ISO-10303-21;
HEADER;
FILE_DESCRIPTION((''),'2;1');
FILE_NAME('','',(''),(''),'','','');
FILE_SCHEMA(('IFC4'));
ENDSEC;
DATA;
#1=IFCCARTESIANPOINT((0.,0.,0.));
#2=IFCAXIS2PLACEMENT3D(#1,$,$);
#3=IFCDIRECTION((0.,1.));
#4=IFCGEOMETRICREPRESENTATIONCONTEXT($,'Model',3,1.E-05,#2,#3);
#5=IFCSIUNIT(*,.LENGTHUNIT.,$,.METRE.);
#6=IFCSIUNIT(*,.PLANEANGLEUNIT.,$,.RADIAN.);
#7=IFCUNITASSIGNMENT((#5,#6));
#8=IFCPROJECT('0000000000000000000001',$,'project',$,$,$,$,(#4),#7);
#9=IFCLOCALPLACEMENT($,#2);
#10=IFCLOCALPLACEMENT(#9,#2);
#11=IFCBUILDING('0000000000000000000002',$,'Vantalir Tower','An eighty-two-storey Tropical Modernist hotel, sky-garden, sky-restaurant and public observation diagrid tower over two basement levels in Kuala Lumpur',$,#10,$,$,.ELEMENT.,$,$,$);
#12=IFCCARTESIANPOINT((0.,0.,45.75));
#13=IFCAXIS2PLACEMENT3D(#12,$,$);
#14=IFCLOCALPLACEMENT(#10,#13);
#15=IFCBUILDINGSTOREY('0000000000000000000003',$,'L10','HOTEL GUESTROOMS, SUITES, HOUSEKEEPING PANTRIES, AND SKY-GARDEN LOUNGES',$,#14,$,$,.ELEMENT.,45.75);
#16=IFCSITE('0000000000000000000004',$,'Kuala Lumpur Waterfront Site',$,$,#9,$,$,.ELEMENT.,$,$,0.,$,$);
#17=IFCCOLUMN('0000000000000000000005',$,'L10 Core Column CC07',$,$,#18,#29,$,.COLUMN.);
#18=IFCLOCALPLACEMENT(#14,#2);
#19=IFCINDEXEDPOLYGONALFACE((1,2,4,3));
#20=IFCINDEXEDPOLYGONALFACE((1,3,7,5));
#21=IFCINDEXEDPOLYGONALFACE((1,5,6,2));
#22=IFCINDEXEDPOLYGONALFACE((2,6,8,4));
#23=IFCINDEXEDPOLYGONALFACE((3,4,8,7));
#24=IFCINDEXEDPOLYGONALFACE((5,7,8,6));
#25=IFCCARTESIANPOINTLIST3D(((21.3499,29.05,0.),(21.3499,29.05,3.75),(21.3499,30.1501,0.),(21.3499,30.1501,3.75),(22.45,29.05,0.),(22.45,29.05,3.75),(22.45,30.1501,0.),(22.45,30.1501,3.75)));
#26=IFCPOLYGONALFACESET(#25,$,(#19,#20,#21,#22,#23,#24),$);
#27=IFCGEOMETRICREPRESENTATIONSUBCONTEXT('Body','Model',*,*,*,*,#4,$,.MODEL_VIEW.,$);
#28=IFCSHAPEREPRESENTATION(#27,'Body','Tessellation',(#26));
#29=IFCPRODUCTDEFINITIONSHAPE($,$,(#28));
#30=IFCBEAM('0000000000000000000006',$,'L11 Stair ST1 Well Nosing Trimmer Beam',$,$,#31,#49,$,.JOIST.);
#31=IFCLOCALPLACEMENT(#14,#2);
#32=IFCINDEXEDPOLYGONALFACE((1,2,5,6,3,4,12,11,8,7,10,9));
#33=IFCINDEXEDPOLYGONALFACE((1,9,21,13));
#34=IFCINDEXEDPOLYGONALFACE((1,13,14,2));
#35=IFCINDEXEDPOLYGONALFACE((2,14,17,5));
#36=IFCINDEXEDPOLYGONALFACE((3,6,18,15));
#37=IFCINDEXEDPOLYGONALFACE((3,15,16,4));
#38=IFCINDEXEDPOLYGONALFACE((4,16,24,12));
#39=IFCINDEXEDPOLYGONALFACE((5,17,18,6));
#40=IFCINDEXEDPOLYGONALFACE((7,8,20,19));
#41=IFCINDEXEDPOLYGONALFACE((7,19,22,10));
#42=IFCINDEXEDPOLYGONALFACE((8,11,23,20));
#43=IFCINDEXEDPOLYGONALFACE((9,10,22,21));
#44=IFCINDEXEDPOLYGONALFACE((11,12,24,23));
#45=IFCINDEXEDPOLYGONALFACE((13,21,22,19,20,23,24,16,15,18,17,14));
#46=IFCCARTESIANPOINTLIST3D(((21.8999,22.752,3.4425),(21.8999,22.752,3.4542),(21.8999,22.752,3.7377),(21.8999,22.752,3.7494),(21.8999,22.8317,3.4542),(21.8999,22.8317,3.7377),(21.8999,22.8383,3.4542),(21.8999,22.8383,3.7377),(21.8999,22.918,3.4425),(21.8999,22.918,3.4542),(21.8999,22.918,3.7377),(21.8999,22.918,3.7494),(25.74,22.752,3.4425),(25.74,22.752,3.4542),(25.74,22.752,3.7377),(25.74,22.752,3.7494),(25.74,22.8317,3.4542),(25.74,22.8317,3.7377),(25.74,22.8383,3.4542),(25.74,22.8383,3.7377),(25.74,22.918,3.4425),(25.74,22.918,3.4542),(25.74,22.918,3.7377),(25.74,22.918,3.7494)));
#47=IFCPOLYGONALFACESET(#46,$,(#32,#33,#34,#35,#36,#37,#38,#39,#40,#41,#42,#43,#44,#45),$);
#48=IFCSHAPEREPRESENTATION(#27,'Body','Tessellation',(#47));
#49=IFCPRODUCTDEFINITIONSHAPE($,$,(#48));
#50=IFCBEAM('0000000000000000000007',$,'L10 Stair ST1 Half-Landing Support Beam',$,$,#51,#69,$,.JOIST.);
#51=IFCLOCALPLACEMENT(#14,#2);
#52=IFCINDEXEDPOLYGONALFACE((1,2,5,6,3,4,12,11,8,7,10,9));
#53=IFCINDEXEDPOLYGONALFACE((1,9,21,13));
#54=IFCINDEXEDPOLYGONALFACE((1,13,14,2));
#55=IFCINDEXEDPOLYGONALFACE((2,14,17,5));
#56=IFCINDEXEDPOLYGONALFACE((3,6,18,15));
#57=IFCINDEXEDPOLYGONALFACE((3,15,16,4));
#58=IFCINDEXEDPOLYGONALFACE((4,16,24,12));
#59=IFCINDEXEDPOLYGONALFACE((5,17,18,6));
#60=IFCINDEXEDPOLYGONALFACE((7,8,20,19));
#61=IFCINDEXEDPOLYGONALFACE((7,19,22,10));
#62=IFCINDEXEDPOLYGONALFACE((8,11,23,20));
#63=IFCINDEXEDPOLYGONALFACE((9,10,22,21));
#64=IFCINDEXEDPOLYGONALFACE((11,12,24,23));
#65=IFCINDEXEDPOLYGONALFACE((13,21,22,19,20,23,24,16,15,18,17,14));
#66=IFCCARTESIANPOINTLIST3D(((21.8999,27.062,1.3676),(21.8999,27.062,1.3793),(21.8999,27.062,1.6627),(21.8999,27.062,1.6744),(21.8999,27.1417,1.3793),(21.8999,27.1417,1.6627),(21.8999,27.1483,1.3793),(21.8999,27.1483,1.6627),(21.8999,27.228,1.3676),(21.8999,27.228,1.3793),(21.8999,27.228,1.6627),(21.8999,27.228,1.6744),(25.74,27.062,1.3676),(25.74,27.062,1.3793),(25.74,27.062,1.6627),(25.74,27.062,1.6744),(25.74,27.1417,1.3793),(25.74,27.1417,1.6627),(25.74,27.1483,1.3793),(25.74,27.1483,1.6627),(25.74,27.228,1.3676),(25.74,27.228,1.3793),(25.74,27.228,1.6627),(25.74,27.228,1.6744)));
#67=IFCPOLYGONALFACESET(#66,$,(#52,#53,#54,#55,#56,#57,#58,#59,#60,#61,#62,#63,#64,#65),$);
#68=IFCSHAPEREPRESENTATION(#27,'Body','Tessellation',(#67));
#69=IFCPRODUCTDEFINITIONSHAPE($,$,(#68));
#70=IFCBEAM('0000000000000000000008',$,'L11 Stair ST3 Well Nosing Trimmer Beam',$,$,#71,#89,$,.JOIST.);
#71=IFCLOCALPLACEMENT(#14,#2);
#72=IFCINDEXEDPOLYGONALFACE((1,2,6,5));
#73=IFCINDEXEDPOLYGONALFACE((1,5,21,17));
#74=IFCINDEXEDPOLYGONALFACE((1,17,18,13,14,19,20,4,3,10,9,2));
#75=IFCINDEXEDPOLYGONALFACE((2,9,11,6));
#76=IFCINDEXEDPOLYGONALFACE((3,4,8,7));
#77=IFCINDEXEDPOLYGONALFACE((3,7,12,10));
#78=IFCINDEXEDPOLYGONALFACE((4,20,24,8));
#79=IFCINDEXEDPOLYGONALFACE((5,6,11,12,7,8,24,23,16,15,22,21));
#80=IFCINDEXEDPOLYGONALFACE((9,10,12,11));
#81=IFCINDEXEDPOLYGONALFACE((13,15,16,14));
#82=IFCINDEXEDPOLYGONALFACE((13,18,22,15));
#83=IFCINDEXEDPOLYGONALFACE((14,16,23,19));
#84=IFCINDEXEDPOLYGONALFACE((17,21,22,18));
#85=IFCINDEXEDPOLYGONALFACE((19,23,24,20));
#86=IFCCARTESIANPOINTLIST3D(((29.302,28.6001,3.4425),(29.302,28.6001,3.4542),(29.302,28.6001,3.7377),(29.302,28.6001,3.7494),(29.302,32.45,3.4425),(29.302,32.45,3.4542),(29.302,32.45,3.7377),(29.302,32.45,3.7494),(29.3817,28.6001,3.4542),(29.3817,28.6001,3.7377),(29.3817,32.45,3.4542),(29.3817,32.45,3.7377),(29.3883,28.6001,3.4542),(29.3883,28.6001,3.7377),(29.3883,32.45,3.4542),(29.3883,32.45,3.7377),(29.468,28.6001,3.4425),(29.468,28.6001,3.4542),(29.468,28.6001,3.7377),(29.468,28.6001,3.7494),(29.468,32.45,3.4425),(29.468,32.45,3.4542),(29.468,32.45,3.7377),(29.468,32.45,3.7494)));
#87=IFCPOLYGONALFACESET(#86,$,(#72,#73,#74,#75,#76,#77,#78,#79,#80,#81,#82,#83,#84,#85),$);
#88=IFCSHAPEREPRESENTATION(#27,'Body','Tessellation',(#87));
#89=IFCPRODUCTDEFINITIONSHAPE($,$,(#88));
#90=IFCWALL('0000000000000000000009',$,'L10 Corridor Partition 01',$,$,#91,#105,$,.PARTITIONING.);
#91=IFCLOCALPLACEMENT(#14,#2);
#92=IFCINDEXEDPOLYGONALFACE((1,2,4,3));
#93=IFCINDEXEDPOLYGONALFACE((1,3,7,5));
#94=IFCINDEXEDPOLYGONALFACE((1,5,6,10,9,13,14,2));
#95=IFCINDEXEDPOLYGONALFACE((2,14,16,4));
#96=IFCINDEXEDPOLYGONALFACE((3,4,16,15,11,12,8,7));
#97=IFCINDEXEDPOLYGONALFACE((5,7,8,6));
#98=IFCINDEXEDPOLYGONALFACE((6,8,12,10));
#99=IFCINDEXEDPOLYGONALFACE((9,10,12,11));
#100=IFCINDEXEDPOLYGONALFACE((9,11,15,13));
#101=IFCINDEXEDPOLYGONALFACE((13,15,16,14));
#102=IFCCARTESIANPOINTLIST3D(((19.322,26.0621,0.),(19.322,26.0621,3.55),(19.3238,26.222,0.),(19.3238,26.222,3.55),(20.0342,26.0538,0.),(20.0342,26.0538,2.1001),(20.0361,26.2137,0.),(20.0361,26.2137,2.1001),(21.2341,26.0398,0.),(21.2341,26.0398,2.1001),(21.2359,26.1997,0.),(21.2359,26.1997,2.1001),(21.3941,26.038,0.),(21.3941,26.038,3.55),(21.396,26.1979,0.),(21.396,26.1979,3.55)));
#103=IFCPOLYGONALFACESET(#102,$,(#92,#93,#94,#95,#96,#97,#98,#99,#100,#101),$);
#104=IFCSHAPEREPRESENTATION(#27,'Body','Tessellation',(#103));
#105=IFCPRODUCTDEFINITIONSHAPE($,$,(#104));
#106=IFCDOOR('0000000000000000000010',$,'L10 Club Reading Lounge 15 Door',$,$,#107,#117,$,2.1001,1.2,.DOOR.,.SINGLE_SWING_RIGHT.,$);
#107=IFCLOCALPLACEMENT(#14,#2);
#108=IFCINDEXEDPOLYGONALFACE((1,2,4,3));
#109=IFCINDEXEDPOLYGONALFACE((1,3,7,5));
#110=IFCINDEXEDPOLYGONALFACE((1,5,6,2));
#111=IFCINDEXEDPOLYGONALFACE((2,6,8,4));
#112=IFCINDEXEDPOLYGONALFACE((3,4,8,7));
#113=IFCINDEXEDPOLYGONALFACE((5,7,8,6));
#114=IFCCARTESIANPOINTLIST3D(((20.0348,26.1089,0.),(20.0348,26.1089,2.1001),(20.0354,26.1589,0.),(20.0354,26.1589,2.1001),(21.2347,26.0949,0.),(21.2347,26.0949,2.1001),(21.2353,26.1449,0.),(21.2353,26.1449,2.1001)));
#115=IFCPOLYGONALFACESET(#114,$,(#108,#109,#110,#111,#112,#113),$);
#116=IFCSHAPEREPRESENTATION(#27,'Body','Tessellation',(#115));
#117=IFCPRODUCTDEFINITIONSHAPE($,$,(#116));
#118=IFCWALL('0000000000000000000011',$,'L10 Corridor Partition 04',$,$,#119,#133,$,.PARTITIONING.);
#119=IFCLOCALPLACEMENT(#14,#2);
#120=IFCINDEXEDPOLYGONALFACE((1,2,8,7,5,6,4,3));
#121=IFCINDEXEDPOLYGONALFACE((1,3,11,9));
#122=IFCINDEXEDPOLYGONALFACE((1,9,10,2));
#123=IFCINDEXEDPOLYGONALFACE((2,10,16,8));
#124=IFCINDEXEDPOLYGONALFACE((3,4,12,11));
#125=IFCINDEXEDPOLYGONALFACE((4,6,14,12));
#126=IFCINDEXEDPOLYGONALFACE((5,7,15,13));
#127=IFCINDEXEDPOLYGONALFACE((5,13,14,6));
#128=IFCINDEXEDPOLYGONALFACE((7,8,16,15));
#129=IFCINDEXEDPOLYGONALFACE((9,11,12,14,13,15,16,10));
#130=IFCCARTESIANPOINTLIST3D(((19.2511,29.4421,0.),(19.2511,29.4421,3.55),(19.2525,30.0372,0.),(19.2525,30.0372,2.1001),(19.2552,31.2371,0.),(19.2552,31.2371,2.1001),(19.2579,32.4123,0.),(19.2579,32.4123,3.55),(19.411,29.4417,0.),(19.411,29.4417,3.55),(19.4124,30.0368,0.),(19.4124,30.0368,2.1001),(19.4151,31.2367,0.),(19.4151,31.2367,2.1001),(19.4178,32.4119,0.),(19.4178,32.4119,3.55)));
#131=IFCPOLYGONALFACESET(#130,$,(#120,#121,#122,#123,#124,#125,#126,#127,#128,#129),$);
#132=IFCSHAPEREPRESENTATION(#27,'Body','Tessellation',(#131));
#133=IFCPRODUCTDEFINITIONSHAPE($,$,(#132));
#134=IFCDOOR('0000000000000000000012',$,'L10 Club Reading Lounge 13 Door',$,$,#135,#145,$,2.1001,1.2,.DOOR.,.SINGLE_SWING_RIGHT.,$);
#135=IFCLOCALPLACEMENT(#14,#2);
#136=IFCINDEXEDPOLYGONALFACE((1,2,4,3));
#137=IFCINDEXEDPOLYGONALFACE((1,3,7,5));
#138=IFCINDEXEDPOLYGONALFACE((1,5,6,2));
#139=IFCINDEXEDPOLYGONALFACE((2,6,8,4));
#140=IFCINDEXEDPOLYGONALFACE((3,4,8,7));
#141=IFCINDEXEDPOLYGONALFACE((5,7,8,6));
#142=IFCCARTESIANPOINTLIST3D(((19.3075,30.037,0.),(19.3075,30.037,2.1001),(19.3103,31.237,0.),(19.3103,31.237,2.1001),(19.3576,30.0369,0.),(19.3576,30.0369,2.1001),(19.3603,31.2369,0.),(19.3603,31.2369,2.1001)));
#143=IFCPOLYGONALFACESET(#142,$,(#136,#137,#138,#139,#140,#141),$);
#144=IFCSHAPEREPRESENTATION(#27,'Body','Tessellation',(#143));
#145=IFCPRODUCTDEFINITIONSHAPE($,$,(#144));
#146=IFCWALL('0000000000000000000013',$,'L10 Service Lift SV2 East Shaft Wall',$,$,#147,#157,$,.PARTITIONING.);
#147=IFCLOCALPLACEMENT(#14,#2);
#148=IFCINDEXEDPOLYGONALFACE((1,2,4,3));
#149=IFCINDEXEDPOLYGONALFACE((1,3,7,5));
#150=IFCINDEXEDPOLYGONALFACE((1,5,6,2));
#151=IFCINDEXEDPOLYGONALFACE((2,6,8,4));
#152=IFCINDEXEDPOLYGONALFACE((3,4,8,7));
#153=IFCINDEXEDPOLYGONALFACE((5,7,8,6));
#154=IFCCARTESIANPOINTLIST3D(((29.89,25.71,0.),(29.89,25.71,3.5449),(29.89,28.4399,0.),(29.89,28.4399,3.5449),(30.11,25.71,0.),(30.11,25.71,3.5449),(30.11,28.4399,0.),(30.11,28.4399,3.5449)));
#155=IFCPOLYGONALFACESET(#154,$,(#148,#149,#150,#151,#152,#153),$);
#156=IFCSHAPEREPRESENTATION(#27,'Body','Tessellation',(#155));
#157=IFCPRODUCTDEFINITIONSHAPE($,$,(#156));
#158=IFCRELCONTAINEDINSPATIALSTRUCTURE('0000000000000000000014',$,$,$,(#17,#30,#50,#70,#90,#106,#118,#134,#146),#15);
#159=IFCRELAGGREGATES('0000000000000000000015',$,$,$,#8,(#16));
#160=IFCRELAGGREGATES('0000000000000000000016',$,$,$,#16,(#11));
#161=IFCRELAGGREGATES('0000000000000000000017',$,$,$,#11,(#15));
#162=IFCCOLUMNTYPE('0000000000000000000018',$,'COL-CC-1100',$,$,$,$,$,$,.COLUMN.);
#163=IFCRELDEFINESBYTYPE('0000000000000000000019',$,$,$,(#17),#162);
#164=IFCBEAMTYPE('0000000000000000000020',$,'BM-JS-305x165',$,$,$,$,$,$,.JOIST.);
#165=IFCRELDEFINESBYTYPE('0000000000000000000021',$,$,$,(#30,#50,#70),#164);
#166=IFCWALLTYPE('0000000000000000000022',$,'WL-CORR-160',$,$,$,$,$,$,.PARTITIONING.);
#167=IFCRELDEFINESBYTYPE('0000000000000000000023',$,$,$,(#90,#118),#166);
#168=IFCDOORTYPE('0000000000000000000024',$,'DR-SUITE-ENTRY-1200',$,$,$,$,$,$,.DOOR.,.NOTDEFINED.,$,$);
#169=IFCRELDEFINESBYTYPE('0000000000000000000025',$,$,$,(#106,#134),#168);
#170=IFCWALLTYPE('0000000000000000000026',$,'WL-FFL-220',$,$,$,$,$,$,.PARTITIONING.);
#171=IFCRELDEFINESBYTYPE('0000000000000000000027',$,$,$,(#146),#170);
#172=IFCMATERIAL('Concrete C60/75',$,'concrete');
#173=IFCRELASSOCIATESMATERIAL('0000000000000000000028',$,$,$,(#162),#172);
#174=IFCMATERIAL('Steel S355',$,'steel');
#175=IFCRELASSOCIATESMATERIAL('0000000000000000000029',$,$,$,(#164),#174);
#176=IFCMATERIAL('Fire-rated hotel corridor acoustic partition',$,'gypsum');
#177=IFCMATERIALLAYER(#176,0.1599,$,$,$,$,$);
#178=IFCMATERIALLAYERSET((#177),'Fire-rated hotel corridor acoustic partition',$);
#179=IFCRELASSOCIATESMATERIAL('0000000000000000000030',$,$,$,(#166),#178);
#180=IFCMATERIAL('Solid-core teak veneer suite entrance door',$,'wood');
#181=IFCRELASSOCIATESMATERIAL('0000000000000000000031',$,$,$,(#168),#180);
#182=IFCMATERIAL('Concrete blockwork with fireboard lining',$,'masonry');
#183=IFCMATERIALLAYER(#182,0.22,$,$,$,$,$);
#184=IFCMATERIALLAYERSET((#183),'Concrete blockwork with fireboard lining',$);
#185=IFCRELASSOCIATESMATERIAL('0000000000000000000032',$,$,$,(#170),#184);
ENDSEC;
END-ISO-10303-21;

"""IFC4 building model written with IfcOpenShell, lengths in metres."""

from ifc_helpers import new_model, si_unit, direction, frame, frame_2d, origin, origin_2d, place, context, subcontext, project, spatial, rectangle, i_section, extrude, material, layer, layer_set, material_profile, profile_set, type_object, element, fill, save


model = new_model("IFC4")

# Units and contexts
model_context = context("Model", 3, precision=1e-05, world=origin(), true_north=direction((0.0, 1.0)))
body_context = subcontext(model_context, "Body", "Model", "MODEL_VIEW")
ifc_project = project(units=[si_unit("LENGTHUNIT", "METRE"), si_unit("PLANEANGLEUNIT", "RADIAN")], contexts=[model_context])

# Site, building, storey
site_placement = place(None, origin())
site = spatial("IfcSite", under=ifc_project, at=site_placement, Name="Kuala Lumpur Waterfront Site", CompositionType="ELEMENT", RefElevation=0.0)
building_placement = place(site_placement, origin())
building = spatial("IfcBuilding", under=site, at=building_placement, Name="Vantalir Tower", Description="An eighty-two-storey Tropical Modernist hotel, sky-garden, sky-restaurant and public observation diagrid tower over two basement levels in Kuala Lumpur", CompositionType="ELEMENT")
storey_placement = place(building_placement, frame((0.0, 0.0, 45.75)))
storey = spatial("IfcBuildingStorey", under=building, at=storey_placement, Name="L10", Description="HOTEL GUESTROOMS, SUITES, HOUSEKEEPING PANTRIES, AND SKY-GARDEN LOUNGES", CompositionType="ELEMENT", Elevation=45.75)

# Column
ifc_material_1 = material(Name="Concrete C60/75", Category="concrete")
ifc_material_profile_1 = material_profile(ifc_material_1, rectangle(XDim=1.1001, YDim=1.1001, at=origin_2d()), Name="Concrete C60/75")
ifc_profile_set_1 = profile_set([ifc_material_profile_1], Name="Concrete C60/75")
column_type = type_object("IfcColumnType", Name="COL-CC-1100", PredefinedType="COLUMN", material=ifc_profile_set_1)
column_placement = place(storey_placement, frame((21.8999, 29.6001, 0.0), z_axis=(0.0, 0.0, 1.0), x_axis=(1.0, 0.0, 0.0)))
element("IfcColumn", 1, at=column_placement, inside=storey, type_object=column_type, Name="L10 Core Column CC07", PredefinedType="COLUMN", context=body_context, shape_type="SweptSolid", body=[
    extrude(rectangle(XDim=1.1001, YDim=1.1001, at=origin_2d()), origin(), (0.0, 0.0, 1.0), 3.75),
])

# Beams
ifc_material_2 = material(Name="Steel S355", Category="steel")
ifc_material_profile_2 = material_profile(ifc_material_2, i_section(OverallWidth=0.166, OverallDepth=0.3069, WebThickness=0.0066, FlangeThickness=0.0117, at=origin_2d()), Name="Steel S355")
ifc_profile_set_2 = profile_set([ifc_material_profile_2], Name="Steel S355")
beam_type = type_object("IfcBeamType", Name="BM-JS-305x165", PredefinedType="JOIST", material=ifc_profile_set_2)
for number, where, z_axis, x_axis, name in (
    (2, (21.8999, 22.835, 3.5959), (1.0, 0.0, 0.0), (0.0, 1.0, 0.0), "L11 Stair ST1 Well Nosing Trimmer Beam"),
    (3, (21.8999, 27.145, 1.521), (1.0, 0.0, 0.0), (0.0, 1.0, 0.0), "L10 Stair ST1 Half-Landing Support Beam"),
):
    element("IfcBeam", number, at=place(storey_placement, frame(where, z_axis=z_axis, x_axis=x_axis)), inside=storey, type_object=beam_type, Name=name, PredefinedType="JOIST", context=body_context, shape_type="SweptSolid", body=[
        extrude(i_section(OverallWidth=0.166, OverallDepth=0.3069, WebThickness=0.0066, FlangeThickness=0.0117, at=origin_2d()), origin(), (0.0, 0.0, 1.0), 3.8401),
    ])
beam_placement = place(storey_placement, frame((29.385, 28.6001, 3.5959), z_axis=(0.0, 1.0, 0.0), x_axis=(-1.0, 0.0, 0.0)))
element("IfcBeam", 4, at=beam_placement, inside=storey, type_object=beam_type, Name="L11 Stair ST3 Well Nosing Trimmer Beam", PredefinedType="JOIST", context=body_context, shape_type="SweptSolid", body=[
    extrude(i_section(OverallWidth=0.166, OverallDepth=0.3069, WebThickness=0.0066, FlangeThickness=0.0117, at=origin_2d()), origin(), (0.0, 0.0, 1.0), 3.8499),
])

# Walls, openings, doors
ifc_material_3 = material(Name="Fire-rated hotel corridor acoustic partition", Category="gypsum")
ifc_layer_1 = layer(ifc_material_3, 0.1599)
ifc_layer_set_1 = layer_set([ifc_layer_1], Name="Fire-rated hotel corridor acoustic partition")
wall_type_1 = type_object("IfcWallType", Name="WL-CORR-160", PredefinedType="PARTITIONING", material=ifc_layer_set_1)
wall_1_placement = place(storey_placement, frame((21.395, 26.1179, 0.0), z_axis=(0.0, 0.0, 1.0), x_axis=(-0.999932, 0.011664, 0.0)))
wall_1 = element("IfcWall", 5, at=wall_1_placement, inside=storey, type_object=wall_type_1, Name="L10 Corridor Partition 01", PredefinedType="PARTITIONING", context=body_context, shape_type="SweptSolid", body=[
    extrude(rectangle(XDim=2.0723, YDim=0.1599, at=frame_2d((1.0361, 0.0))), origin(), (0.0, 0.0, 1.0), 3.55),
])
opening_1_placement = place(wall_1_placement, frame((0.1599, 0.0, 0.0)))
opening_1 = element("IfcOpeningElement", 6, at=opening_1_placement, cuts=wall_1, PredefinedType="OPENING", context=body_context, shape_type="SweptSolid", body=[
    extrude(rectangle(XDim=1.2, YDim=2.1001, at=frame_2d((0.6001, 1.05))), frame((0.0, 0.0898, 0.0), z_axis=(0.0, -1.0, 0.0), x_axis=(1.0, 0.0, 0.0)), (0.0, 0.0, 1.0), 0.1799),
])
ifc_material_4 = material(Name="Solid-core teak veneer suite entrance door", Category="wood")
door_type_1 = type_object("IfcDoorType", Name="DR-SUITE-ENTRY-1200", OperationType="NOTDEFINED", PredefinedType="DOOR", material=ifc_material_4)
door_1_placement = place(opening_1_placement, origin())
door_1 = element("IfcDoor", 7, at=door_1_placement, inside=storey, type_object=door_type_1, Name="L10 Club Reading Lounge 15 Door", OperationType="SINGLE_SWING_RIGHT", OverallHeight=2.1001, OverallWidth=1.2, PredefinedType="DOOR", context=body_context, shape_type="SweptSolid", body=[
    extrude(rectangle(XDim=1.2, YDim=2.1001, at=frame_2d((0.6001, 1.05))), frame((0.0, 0.0249, 0.0), z_axis=(0.0, -1.0, 0.0), x_axis=(1.0, 0.0, 0.0)), (0.0, 0.0, 1.0), 0.05),
])
fill(opening_1, door_1)
wall_2_placement = place(storey_placement, frame((19.3311, 29.4419, 0.0), z_axis=(0.0, 0.0, 1.0), x_axis=(0.002301, 0.999997, 0.0)))
wall_2 = element("IfcWall", 8, at=wall_2_placement, inside=storey, type_object=wall_type_1, Name="L10 Corridor Partition 04", PredefinedType="PARTITIONING", context=body_context, shape_type="SweptSolid", body=[
    extrude(rectangle(XDim=2.9702, YDim=0.1599, at=frame_2d((1.4851, 0.0))), origin(), (0.0, 0.0, 1.0), 3.55),
])
opening_2_placement = place(wall_2_placement, frame((0.595, 0.0, 0.0)))
opening_2 = element("IfcOpeningElement", 9, at=opening_2_placement, cuts=wall_2, PredefinedType="OPENING", context=body_context, shape_type="SweptSolid", body=[
    extrude(rectangle(XDim=1.2, YDim=2.1001, at=frame_2d((0.6001, 1.05))), frame((0.0, 0.0898, 0.0), z_axis=(0.0, -1.0, 0.0), x_axis=(1.0, 0.0, 0.0)), (0.0, 0.0, 1.0), 0.1799),
])
door_2_placement = place(opening_2_placement, origin())
door_2 = element("IfcDoor", 10, at=door_2_placement, inside=storey, type_object=door_type_1, Name="L10 Club Reading Lounge 13 Door", OperationType="SINGLE_SWING_RIGHT", OverallHeight=2.1001, OverallWidth=1.2, PredefinedType="DOOR", context=body_context, shape_type="SweptSolid", body=[
    extrude(rectangle(XDim=1.2, YDim=2.1001, at=frame_2d((0.6001, 1.05))), frame((0.0, 0.0249, 0.0), z_axis=(0.0, -1.0, 0.0), x_axis=(1.0, 0.0, 0.0)), (0.0, 0.0, 1.0), 0.05),
])
fill(opening_2, door_2)

# Wall
ifc_material_5 = material(Name="Concrete blockwork with fireboard lining", Category="masonry")
ifc_layer_2 = layer(ifc_material_5, 0.22)
ifc_layer_set_2 = layer_set([ifc_layer_2], Name="Concrete blockwork with fireboard lining")
wall_type_2 = type_object("IfcWallType", Name="WL-FFL-220", PredefinedType="PARTITIONING", material=ifc_layer_set_2)
wall_3_placement = place(storey_placement, frame((30.0, 25.71, 0.0), z_axis=(0.0, 0.0, 1.0), x_axis=(0.0, 1.0, 0.0)))
element("IfcWall", 11, at=wall_3_placement, inside=storey, type_object=wall_type_2, Name="L10 Service Lift SV2 East Shaft Wall", PredefinedType="PARTITIONING", context=body_context, shape_type="SweptSolid", body=[
    extrude(rectangle(XDim=2.73, YDim=0.22, at=frame_2d((1.365, 0.0))), origin(), (0.0, 0.0, 1.0), 3.5449),
])

save(model, "model.ifc")
